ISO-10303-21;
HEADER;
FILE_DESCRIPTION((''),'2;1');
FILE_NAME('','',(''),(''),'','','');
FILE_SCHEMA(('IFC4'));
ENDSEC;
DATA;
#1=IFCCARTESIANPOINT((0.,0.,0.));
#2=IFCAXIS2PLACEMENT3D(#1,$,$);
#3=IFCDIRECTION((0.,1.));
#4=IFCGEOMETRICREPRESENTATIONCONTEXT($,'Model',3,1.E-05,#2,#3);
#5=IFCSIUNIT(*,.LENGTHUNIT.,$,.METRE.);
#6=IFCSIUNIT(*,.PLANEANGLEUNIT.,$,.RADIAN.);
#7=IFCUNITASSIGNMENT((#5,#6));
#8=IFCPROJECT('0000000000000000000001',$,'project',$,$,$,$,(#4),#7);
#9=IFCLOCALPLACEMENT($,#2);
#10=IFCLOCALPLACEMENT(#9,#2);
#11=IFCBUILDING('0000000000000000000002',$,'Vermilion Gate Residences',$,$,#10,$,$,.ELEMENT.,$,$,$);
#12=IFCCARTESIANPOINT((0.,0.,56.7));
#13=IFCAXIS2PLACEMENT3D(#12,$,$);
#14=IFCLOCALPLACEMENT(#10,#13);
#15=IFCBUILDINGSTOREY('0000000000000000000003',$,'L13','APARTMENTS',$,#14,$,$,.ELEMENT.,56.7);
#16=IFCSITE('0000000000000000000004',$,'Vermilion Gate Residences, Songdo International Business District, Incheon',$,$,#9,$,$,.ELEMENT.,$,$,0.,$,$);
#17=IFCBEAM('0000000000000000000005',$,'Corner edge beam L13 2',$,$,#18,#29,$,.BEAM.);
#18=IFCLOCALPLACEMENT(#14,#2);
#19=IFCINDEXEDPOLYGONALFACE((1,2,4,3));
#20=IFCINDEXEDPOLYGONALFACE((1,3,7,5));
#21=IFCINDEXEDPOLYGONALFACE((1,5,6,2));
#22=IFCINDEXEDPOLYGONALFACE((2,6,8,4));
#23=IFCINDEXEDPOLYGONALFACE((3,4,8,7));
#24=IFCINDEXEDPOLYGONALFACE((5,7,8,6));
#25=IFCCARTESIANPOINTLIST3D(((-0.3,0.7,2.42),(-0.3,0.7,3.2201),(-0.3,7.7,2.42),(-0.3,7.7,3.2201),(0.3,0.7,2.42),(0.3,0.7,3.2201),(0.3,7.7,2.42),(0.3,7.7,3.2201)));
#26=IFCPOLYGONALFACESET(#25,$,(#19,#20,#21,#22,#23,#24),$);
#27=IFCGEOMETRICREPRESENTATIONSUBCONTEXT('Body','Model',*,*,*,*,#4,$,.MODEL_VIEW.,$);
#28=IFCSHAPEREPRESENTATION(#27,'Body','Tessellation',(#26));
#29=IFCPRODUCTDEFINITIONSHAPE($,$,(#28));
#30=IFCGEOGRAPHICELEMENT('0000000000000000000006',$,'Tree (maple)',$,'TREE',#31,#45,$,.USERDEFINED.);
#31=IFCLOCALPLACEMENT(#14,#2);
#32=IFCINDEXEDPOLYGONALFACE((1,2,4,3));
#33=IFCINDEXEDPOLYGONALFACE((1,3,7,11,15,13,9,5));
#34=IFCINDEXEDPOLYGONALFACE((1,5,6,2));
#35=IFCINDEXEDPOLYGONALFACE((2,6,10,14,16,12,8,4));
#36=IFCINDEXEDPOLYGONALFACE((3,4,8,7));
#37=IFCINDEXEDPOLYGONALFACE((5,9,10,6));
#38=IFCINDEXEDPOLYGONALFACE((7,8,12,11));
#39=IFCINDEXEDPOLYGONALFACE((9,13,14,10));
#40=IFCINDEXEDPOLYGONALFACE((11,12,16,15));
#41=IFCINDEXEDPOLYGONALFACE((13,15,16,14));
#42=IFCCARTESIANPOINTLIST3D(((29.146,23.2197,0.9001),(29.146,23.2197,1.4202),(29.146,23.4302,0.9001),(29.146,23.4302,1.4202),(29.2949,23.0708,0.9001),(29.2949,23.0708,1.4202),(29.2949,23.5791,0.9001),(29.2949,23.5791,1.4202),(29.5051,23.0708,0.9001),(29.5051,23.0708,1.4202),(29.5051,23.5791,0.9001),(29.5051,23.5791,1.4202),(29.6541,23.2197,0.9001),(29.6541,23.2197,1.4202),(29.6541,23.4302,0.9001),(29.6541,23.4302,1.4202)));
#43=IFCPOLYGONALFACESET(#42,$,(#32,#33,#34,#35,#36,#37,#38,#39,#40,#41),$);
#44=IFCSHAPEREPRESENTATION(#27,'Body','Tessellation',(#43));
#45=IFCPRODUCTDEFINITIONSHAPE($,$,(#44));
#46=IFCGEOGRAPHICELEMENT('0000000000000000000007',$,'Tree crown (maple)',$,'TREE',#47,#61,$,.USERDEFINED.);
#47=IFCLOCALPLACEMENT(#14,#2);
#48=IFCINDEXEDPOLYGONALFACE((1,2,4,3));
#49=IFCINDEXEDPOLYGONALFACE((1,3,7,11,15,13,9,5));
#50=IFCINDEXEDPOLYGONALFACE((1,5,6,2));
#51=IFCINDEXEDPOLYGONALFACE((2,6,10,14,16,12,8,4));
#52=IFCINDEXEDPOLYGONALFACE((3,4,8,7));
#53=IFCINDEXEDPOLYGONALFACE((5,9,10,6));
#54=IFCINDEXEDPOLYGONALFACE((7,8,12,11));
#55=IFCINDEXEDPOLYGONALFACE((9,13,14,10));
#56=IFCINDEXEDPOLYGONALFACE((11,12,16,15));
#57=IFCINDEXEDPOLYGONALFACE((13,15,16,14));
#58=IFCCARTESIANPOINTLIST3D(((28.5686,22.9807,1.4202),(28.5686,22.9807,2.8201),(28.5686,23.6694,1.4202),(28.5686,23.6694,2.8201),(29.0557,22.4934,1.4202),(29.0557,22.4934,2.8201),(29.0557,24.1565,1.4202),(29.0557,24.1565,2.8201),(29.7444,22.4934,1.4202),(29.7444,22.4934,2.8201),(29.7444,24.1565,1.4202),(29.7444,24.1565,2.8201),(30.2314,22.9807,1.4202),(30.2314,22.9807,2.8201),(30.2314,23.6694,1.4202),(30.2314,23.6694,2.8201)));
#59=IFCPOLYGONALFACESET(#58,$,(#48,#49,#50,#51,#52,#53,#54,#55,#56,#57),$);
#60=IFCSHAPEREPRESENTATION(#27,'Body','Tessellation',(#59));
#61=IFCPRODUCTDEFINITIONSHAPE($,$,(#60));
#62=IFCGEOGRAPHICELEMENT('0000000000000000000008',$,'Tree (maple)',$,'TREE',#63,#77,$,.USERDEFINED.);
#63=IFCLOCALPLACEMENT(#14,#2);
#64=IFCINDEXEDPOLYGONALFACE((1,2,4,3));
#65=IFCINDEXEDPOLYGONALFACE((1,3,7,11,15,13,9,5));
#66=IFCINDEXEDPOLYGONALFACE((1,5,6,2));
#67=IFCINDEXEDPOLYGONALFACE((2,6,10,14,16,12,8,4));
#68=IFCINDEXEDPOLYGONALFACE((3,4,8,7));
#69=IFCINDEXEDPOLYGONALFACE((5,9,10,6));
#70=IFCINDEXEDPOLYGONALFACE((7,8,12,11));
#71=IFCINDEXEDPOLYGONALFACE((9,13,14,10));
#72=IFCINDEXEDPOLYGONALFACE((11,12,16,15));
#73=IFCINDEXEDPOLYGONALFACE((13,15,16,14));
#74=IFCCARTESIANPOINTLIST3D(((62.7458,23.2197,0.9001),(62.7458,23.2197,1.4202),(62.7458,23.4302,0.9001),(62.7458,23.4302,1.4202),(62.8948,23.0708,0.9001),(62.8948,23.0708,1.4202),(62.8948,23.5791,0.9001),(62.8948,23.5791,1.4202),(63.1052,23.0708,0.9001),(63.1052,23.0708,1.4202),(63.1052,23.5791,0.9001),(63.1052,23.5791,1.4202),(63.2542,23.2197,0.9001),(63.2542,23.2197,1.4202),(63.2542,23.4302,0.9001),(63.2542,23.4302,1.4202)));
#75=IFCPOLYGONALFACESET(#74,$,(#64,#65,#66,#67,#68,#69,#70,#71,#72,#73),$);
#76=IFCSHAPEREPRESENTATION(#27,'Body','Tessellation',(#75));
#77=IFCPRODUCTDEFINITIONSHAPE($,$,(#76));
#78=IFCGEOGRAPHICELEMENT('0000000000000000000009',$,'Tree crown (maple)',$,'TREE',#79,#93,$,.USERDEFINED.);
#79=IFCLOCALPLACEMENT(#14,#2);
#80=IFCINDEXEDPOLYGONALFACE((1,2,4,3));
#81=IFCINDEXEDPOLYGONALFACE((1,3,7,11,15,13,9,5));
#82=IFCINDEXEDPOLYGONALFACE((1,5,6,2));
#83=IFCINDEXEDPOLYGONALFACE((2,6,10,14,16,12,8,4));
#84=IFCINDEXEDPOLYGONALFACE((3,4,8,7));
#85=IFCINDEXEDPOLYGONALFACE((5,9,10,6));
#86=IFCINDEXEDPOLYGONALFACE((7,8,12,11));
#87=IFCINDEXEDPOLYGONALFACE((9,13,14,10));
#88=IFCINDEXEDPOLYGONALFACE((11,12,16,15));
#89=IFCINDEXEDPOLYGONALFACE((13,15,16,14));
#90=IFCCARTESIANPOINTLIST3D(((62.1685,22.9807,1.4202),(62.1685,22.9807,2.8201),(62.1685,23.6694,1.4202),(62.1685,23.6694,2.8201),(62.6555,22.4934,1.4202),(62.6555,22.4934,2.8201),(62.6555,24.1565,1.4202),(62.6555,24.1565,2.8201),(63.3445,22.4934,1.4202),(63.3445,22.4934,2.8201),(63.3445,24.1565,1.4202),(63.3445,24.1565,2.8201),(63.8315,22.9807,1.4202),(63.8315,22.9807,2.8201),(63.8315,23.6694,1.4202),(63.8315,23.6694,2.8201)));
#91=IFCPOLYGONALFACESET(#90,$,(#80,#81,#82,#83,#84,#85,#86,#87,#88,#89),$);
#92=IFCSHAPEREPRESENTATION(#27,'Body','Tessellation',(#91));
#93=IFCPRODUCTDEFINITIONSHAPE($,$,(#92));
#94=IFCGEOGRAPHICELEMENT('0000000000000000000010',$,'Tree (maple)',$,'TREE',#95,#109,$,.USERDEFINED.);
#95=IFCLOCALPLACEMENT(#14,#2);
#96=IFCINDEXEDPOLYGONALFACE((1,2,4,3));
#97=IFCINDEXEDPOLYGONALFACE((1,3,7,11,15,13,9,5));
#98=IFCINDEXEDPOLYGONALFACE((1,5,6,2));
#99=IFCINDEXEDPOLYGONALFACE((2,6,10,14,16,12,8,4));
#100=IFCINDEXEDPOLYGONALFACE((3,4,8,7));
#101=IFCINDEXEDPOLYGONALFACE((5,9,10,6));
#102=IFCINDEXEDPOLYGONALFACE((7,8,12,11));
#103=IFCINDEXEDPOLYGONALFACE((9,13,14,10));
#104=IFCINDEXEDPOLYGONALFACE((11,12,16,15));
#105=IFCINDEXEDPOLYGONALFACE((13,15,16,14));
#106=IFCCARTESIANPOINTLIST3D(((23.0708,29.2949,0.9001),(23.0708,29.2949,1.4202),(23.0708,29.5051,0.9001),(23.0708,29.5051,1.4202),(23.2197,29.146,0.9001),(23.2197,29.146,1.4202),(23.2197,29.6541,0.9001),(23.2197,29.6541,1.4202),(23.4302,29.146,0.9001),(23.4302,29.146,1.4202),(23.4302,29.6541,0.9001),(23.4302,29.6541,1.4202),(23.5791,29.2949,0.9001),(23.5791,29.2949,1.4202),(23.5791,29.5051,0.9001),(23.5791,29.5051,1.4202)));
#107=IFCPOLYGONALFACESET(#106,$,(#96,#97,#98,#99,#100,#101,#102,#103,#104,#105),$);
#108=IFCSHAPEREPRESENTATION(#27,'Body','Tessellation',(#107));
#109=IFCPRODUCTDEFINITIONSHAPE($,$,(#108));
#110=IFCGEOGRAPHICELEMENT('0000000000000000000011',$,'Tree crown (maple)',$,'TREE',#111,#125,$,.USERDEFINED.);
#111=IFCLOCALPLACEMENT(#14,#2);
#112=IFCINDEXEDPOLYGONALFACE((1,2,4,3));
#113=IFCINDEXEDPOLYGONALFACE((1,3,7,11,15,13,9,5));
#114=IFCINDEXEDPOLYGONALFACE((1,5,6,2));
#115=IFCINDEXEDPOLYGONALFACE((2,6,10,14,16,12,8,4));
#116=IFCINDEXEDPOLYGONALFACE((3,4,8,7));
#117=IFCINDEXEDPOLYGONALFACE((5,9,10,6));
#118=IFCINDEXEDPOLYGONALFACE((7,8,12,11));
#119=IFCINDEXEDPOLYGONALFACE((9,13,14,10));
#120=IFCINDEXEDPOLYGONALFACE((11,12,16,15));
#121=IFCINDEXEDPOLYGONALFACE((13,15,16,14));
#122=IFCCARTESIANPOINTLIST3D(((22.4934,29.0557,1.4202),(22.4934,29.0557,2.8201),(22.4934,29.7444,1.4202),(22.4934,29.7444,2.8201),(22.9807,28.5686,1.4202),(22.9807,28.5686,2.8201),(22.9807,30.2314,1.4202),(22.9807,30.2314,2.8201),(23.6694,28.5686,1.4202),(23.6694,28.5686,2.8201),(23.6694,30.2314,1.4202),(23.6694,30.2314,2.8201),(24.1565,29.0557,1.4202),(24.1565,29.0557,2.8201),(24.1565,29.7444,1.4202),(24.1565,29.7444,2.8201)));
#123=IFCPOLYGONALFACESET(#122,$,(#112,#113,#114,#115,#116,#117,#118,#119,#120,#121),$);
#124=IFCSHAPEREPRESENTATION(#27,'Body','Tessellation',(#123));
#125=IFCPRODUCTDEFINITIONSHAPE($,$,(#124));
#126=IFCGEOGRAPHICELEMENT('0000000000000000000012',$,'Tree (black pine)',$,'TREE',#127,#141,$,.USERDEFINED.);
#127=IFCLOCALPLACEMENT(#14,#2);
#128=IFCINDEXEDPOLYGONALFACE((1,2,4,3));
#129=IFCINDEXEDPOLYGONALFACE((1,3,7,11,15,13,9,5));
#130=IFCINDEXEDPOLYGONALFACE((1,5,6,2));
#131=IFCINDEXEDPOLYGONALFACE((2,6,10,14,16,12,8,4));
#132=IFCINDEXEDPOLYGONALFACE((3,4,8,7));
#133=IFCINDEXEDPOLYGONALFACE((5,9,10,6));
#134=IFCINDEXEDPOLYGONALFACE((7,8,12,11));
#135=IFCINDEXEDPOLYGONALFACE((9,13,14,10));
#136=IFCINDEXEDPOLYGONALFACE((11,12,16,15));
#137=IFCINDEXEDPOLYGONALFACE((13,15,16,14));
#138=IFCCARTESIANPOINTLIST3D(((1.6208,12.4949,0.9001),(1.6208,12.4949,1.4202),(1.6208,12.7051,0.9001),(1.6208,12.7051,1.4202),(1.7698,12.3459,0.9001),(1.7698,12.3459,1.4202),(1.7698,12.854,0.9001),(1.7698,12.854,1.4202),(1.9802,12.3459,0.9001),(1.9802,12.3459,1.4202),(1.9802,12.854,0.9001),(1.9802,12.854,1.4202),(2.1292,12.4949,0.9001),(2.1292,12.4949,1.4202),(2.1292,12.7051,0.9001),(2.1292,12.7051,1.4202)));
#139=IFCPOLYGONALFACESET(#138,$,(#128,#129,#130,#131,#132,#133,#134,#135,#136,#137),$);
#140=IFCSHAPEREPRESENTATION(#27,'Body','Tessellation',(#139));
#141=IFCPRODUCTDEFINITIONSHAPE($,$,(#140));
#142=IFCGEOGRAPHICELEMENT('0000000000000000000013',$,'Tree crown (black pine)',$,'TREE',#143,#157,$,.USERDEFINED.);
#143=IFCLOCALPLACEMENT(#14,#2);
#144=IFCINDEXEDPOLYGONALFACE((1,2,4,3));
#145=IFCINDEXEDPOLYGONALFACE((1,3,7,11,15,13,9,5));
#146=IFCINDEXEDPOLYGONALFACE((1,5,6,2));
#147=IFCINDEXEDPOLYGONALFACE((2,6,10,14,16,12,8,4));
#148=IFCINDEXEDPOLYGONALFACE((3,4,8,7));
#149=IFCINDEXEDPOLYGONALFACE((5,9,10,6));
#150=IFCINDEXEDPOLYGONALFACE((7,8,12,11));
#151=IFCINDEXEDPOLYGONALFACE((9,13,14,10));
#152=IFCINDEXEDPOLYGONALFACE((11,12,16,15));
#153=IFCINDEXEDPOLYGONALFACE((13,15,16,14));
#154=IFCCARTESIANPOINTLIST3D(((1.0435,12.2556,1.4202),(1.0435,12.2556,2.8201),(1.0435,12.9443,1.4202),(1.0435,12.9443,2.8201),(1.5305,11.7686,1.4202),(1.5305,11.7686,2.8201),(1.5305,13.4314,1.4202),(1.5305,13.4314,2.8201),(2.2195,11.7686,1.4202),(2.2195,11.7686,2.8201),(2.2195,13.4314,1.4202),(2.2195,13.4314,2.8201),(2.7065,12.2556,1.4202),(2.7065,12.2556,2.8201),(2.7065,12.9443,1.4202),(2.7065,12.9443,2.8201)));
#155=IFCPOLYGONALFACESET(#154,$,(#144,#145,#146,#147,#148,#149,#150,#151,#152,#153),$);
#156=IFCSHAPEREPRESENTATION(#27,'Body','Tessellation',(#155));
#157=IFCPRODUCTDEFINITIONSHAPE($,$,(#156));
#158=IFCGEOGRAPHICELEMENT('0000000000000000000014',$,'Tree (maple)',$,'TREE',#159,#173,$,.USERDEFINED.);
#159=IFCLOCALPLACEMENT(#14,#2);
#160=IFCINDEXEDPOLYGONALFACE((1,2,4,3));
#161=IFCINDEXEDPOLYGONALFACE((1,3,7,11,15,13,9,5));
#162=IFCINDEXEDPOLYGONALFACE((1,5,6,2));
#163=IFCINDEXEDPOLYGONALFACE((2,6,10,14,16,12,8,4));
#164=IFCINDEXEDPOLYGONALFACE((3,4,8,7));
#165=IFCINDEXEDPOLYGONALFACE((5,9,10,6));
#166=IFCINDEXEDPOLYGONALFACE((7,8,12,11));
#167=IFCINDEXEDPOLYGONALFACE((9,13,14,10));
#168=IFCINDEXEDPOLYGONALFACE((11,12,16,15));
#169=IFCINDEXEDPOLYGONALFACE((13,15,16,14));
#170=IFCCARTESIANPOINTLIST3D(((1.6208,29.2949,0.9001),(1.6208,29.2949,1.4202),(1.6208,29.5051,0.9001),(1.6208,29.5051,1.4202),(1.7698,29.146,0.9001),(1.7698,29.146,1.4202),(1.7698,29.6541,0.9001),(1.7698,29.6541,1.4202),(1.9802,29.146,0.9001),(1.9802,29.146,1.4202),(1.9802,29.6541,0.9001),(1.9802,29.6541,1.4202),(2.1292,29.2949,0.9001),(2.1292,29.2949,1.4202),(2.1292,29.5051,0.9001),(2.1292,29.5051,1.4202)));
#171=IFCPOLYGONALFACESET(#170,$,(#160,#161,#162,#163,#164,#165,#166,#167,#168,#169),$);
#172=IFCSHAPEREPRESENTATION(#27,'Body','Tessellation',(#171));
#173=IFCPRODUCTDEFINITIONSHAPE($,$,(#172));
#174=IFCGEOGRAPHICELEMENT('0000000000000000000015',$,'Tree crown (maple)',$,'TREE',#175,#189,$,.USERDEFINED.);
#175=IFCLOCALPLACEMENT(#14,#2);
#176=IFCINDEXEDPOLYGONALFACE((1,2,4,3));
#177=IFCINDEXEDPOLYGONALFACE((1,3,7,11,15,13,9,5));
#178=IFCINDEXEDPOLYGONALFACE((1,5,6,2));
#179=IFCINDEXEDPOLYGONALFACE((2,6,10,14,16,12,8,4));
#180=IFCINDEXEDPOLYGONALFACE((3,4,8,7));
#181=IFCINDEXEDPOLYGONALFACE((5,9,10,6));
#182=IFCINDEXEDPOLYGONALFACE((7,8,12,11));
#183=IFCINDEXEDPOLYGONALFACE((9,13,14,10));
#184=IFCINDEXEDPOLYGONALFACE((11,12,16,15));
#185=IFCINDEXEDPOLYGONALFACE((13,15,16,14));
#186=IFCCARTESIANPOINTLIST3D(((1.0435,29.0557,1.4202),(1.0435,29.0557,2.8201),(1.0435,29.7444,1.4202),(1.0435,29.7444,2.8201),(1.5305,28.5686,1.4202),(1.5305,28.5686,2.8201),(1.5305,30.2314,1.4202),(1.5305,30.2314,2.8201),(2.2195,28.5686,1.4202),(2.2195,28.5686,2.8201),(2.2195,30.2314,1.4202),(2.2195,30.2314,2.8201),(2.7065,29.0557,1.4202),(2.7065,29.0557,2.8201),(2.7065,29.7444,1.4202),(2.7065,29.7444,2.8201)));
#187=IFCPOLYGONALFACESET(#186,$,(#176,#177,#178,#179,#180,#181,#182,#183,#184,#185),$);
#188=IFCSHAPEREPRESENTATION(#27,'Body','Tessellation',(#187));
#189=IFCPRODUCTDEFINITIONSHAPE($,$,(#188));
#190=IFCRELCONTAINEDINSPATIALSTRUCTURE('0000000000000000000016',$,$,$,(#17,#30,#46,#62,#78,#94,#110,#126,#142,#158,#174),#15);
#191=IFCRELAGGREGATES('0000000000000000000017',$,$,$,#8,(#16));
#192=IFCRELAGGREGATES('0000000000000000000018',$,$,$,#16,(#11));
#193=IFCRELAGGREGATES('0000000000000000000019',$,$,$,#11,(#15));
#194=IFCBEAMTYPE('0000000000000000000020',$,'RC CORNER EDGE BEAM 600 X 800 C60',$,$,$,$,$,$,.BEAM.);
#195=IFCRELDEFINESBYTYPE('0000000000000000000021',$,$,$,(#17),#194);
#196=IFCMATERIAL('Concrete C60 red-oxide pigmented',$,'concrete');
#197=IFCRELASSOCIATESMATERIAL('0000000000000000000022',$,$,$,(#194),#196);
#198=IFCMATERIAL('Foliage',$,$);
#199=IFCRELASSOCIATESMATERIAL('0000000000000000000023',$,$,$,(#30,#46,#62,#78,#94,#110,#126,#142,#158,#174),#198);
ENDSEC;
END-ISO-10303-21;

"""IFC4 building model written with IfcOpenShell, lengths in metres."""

from ifc_helpers import new_model, si_unit, direction, frame, origin, origin_2d, place, context, subcontext, project, spatial, polyline, rectangle, outline, extrude, material, material_profile, profile_set, type_object, element, save


model = new_model("IFC4")

# Units and contexts
model_context = context("Model", 3, precision=1e-05, world=origin(), true_north=direction((0.0, 1.0)))
body_context = subcontext(model_context, "Body", "Model", "MODEL_VIEW")
ifc_project = project(units=[si_unit("LENGTHUNIT", "METRE"), si_unit("PLANEANGLEUNIT", "RADIAN")], contexts=[model_context])

# Site, building, storey
site_placement = place(None, origin())
site = spatial("IfcSite", under=ifc_project, at=site_placement, Name="Vermilion Gate Residences, Songdo International Business District, Incheon", CompositionType="ELEMENT", RefElevation=0.0)
building_placement = place(site_placement, origin())
building = spatial("IfcBuilding", under=site, at=building_placement, Name="Vermilion Gate Residences", CompositionType="ELEMENT")
storey_placement = place(building_placement, frame((0.0, 0.0, 56.7)))
storey = spatial("IfcBuildingStorey", under=building, at=storey_placement, Name="L13", Description="APARTMENTS", CompositionType="ELEMENT", Elevation=56.7)

# Beam
ifc_material_1 = material(Name="Concrete C60 red-oxide pigmented", Category="concrete")
ifc_material_profile = material_profile(ifc_material_1, rectangle(XDim=0.6001, YDim=0.8, at=origin_2d()), Name="RC-600x800")
ifc_profile_set = profile_set([ifc_material_profile], Name="Concrete C60 red-oxide pigmented")
beam_type = type_object("IfcBeamType", Name="RC CORNER EDGE BEAM 600 X 800 C60", PredefinedType="BEAM", material=ifc_profile_set)
beam_placement = place(storey_placement, frame((0.0, 0.7, 2.8201), z_axis=(0.0, 1.0, 0.0), x_axis=(-1.0, 0.0, 0.0)))
element("IfcBeam", 1, at=beam_placement, inside=storey, type_object=beam_type, Name="Corner edge beam L13 2", PredefinedType="BEAM", context=body_context, shape_type="SweptSolid", body=[
    extrude(rectangle(XDim=0.6001, YDim=0.8, at=origin_2d()), origin(), (0.0, 0.0, 1.0), 7.0),
])

# Geographic elements
ifc_material_2 = material(Name="Foliage")
geographic_element_1_placement = place(storey_placement, frame((0.0, 0.0, 0.9001)))
element("IfcGeographicElement", 2, at=geographic_element_1_placement, inside=storey, material=ifc_material_2, Name="Tree (maple)", ObjectType="TREE", PredefinedType="USERDEFINED", context=body_context, shape_type="SweptSolid", body=[
    extrude(outline(polyline([(29.6541, 23.4302), (29.5051, 23.5791), (29.2949, 23.5791), (29.146, 23.4302), (29.146, 23.2197), (29.2949, 23.0708), (29.5051, 23.0708), (29.6541, 23.2197), (29.6541, 23.4302)])), origin(), (0.0, 0.0, 1.0), 0.52),
])
geographic_element_2_placement = place(storey_placement, frame((0.0, 0.0, 1.4202)))
element("IfcGeographicElement", 3, at=geographic_element_2_placement, inside=storey, material=ifc_material_2, Name="Tree crown (maple)", ObjectType="TREE", PredefinedType="USERDEFINED", context=body_context, shape_type="SweptSolid", body=[
    extrude(outline(polyline([(30.2314, 23.6694), (29.7444, 24.1565), (29.0557, 24.1565), (28.5686, 23.6694), (28.5686, 22.9807), (29.0557, 22.4934), (29.7444, 22.4934), (30.2314, 22.9807), (30.2314, 23.6694)])), origin(), (0.0, 0.0, 1.0), 1.3999),
])
geographic_element_3_placement = place(storey_placement, frame((0.0, 0.0, 0.9001)))
element("IfcGeographicElement", 4, at=geographic_element_3_placement, inside=storey, material=ifc_material_2, Name="Tree (maple)", ObjectType="TREE", PredefinedType="USERDEFINED", context=body_context, shape_type="SweptSolid", body=[
    extrude(outline(polyline([(63.2542, 23.4302), (63.1052, 23.5791), (62.8948, 23.5791), (62.7458, 23.4302), (62.7458, 23.2197), (62.8948, 23.0708), (63.1052, 23.0708), (63.2542, 23.2197), (63.2542, 23.4302)])), origin(), (0.0, 0.0, 1.0), 0.52),
])
geographic_element_4_placement = place(storey_placement, frame((0.0, 0.0, 1.4202)))
element("IfcGeographicElement", 5, at=geographic_element_4_placement, inside=storey, material=ifc_material_2, Name="Tree crown (maple)", ObjectType="TREE", PredefinedType="USERDEFINED", context=body_context, shape_type="SweptSolid", body=[
    extrude(outline(polyline([(63.8315, 23.6694), (63.3445, 24.1565), (62.6555, 24.1565), (62.1685, 23.6694), (62.1685, 22.9807), (62.6555, 22.4934), (63.3445, 22.4934), (63.8315, 22.9807), (63.8315, 23.6694)])), origin(), (0.0, 0.0, 1.0), 1.3999),
])
geographic_element_5_placement = place(storey_placement, frame((0.0, 0.0, 0.9001)))
element("IfcGeographicElement", 6, at=geographic_element_5_placement, inside=storey, material=ifc_material_2, Name="Tree (maple)", ObjectType="TREE", PredefinedType="USERDEFINED", context=body_context, shape_type="SweptSolid", body=[
    extrude(outline(polyline([(23.5791, 29.5051), (23.4302, 29.6541), (23.2197, 29.6541), (23.0708, 29.5051), (23.0708, 29.2949), (23.2197, 29.146), (23.4302, 29.146), (23.5791, 29.2949), (23.5791, 29.5051)])), origin(), (0.0, 0.0, 1.0), 0.52),
])
geographic_element_6_placement = place(storey_placement, frame((0.0, 0.0, 1.4202)))
element("IfcGeographicElement", 7, at=geographic_element_6_placement, inside=storey, material=ifc_material_2, Name="Tree crown (maple)", ObjectType="TREE", PredefinedType="USERDEFINED", context=body_context, shape_type="SweptSolid", body=[
    extrude(outline(polyline([(24.1565, 29.7444), (23.6694, 30.2314), (22.9807, 30.2314), (22.4934, 29.7444), (22.4934, 29.0557), (22.9807, 28.5686), (23.6694, 28.5686), (24.1565, 29.0557), (24.1565, 29.7444)])), origin(), (0.0, 0.0, 1.0), 1.3999),
])
geographic_element_7_placement = place(storey_placement, frame((0.0, 0.0, 0.9001)))
element("IfcGeographicElement", 8, at=geographic_element_7_placement, inside=storey, material=ifc_material_2, Name="Tree (black pine)", ObjectType="TREE", PredefinedType="USERDEFINED", context=body_context, shape_type="SweptSolid", body=[
    extrude(outline(polyline([(2.1292, 12.7051), (1.9802, 12.854), (1.7698, 12.854), (1.6208, 12.7051), (1.6208, 12.4949), (1.7698, 12.3459), (1.9802, 12.3459), (2.1292, 12.4949), (2.1292, 12.7051)])), origin(), (0.0, 0.0, 1.0), 0.52),
])
geographic_element_8_placement = place(storey_placement, frame((0.0, 0.0, 1.4202)))
element("IfcGeographicElement", 9, at=geographic_element_8_placement, inside=storey, material=ifc_material_2, Name="Tree crown (black pine)", ObjectType="TREE", PredefinedType="USERDEFINED", context=body_context, shape_type="SweptSolid", body=[
    extrude(outline(polyline([(2.7065, 12.9443), (2.2195, 13.4314), (1.5305, 13.4314), (1.0435, 12.9443), (1.0435, 12.2556), (1.5305, 11.7686), (2.2195, 11.7686), (2.7065, 12.2556), (2.7065, 12.9443)])), origin(), (0.0, 0.0, 1.0), 1.3999),
])
geographic_element_9_placement = place(storey_placement, frame((0.0, 0.0, 0.9001)))
element("IfcGeographicElement", 10, at=geographic_element_9_placement, inside=storey, material=ifc_material_2, Name="Tree (maple)", ObjectType="TREE", PredefinedType="USERDEFINED", context=body_context, shape_type="SweptSolid", body=[
    extrude(outline(polyline([(2.1292, 29.5051), (1.9802, 29.6541), (1.7698, 29.6541), (1.6208, 29.5051), (1.6208, 29.2949), (1.7698, 29.146), (1.9802, 29.146), (2.1292, 29.2949), (2.1292, 29.5051)])), origin(), (0.0, 0.0, 1.0), 0.52),
])
geographic_element_10_placement = place(storey_placement, frame((0.0, 0.0, 1.4202)))
element("IfcGeographicElement", 11, at=geographic_element_10_placement, inside=storey, material=ifc_material_2, Name="Tree crown (maple)", ObjectType="TREE", PredefinedType="USERDEFINED", context=body_context, shape_type="SweptSolid", body=[
    extrude(outline(polyline([(2.7065, 29.7444), (2.2195, 30.2314), (1.5305, 30.2314), (1.0435, 29.7444), (1.0435, 29.0557), (1.5305, 28.5686), (2.2195, 28.5686), (2.7065, 29.0557), (2.7065, 29.7444)])), origin(), (0.0, 0.0, 1.0), 1.3999),
])

save(model, "model.ifc")
